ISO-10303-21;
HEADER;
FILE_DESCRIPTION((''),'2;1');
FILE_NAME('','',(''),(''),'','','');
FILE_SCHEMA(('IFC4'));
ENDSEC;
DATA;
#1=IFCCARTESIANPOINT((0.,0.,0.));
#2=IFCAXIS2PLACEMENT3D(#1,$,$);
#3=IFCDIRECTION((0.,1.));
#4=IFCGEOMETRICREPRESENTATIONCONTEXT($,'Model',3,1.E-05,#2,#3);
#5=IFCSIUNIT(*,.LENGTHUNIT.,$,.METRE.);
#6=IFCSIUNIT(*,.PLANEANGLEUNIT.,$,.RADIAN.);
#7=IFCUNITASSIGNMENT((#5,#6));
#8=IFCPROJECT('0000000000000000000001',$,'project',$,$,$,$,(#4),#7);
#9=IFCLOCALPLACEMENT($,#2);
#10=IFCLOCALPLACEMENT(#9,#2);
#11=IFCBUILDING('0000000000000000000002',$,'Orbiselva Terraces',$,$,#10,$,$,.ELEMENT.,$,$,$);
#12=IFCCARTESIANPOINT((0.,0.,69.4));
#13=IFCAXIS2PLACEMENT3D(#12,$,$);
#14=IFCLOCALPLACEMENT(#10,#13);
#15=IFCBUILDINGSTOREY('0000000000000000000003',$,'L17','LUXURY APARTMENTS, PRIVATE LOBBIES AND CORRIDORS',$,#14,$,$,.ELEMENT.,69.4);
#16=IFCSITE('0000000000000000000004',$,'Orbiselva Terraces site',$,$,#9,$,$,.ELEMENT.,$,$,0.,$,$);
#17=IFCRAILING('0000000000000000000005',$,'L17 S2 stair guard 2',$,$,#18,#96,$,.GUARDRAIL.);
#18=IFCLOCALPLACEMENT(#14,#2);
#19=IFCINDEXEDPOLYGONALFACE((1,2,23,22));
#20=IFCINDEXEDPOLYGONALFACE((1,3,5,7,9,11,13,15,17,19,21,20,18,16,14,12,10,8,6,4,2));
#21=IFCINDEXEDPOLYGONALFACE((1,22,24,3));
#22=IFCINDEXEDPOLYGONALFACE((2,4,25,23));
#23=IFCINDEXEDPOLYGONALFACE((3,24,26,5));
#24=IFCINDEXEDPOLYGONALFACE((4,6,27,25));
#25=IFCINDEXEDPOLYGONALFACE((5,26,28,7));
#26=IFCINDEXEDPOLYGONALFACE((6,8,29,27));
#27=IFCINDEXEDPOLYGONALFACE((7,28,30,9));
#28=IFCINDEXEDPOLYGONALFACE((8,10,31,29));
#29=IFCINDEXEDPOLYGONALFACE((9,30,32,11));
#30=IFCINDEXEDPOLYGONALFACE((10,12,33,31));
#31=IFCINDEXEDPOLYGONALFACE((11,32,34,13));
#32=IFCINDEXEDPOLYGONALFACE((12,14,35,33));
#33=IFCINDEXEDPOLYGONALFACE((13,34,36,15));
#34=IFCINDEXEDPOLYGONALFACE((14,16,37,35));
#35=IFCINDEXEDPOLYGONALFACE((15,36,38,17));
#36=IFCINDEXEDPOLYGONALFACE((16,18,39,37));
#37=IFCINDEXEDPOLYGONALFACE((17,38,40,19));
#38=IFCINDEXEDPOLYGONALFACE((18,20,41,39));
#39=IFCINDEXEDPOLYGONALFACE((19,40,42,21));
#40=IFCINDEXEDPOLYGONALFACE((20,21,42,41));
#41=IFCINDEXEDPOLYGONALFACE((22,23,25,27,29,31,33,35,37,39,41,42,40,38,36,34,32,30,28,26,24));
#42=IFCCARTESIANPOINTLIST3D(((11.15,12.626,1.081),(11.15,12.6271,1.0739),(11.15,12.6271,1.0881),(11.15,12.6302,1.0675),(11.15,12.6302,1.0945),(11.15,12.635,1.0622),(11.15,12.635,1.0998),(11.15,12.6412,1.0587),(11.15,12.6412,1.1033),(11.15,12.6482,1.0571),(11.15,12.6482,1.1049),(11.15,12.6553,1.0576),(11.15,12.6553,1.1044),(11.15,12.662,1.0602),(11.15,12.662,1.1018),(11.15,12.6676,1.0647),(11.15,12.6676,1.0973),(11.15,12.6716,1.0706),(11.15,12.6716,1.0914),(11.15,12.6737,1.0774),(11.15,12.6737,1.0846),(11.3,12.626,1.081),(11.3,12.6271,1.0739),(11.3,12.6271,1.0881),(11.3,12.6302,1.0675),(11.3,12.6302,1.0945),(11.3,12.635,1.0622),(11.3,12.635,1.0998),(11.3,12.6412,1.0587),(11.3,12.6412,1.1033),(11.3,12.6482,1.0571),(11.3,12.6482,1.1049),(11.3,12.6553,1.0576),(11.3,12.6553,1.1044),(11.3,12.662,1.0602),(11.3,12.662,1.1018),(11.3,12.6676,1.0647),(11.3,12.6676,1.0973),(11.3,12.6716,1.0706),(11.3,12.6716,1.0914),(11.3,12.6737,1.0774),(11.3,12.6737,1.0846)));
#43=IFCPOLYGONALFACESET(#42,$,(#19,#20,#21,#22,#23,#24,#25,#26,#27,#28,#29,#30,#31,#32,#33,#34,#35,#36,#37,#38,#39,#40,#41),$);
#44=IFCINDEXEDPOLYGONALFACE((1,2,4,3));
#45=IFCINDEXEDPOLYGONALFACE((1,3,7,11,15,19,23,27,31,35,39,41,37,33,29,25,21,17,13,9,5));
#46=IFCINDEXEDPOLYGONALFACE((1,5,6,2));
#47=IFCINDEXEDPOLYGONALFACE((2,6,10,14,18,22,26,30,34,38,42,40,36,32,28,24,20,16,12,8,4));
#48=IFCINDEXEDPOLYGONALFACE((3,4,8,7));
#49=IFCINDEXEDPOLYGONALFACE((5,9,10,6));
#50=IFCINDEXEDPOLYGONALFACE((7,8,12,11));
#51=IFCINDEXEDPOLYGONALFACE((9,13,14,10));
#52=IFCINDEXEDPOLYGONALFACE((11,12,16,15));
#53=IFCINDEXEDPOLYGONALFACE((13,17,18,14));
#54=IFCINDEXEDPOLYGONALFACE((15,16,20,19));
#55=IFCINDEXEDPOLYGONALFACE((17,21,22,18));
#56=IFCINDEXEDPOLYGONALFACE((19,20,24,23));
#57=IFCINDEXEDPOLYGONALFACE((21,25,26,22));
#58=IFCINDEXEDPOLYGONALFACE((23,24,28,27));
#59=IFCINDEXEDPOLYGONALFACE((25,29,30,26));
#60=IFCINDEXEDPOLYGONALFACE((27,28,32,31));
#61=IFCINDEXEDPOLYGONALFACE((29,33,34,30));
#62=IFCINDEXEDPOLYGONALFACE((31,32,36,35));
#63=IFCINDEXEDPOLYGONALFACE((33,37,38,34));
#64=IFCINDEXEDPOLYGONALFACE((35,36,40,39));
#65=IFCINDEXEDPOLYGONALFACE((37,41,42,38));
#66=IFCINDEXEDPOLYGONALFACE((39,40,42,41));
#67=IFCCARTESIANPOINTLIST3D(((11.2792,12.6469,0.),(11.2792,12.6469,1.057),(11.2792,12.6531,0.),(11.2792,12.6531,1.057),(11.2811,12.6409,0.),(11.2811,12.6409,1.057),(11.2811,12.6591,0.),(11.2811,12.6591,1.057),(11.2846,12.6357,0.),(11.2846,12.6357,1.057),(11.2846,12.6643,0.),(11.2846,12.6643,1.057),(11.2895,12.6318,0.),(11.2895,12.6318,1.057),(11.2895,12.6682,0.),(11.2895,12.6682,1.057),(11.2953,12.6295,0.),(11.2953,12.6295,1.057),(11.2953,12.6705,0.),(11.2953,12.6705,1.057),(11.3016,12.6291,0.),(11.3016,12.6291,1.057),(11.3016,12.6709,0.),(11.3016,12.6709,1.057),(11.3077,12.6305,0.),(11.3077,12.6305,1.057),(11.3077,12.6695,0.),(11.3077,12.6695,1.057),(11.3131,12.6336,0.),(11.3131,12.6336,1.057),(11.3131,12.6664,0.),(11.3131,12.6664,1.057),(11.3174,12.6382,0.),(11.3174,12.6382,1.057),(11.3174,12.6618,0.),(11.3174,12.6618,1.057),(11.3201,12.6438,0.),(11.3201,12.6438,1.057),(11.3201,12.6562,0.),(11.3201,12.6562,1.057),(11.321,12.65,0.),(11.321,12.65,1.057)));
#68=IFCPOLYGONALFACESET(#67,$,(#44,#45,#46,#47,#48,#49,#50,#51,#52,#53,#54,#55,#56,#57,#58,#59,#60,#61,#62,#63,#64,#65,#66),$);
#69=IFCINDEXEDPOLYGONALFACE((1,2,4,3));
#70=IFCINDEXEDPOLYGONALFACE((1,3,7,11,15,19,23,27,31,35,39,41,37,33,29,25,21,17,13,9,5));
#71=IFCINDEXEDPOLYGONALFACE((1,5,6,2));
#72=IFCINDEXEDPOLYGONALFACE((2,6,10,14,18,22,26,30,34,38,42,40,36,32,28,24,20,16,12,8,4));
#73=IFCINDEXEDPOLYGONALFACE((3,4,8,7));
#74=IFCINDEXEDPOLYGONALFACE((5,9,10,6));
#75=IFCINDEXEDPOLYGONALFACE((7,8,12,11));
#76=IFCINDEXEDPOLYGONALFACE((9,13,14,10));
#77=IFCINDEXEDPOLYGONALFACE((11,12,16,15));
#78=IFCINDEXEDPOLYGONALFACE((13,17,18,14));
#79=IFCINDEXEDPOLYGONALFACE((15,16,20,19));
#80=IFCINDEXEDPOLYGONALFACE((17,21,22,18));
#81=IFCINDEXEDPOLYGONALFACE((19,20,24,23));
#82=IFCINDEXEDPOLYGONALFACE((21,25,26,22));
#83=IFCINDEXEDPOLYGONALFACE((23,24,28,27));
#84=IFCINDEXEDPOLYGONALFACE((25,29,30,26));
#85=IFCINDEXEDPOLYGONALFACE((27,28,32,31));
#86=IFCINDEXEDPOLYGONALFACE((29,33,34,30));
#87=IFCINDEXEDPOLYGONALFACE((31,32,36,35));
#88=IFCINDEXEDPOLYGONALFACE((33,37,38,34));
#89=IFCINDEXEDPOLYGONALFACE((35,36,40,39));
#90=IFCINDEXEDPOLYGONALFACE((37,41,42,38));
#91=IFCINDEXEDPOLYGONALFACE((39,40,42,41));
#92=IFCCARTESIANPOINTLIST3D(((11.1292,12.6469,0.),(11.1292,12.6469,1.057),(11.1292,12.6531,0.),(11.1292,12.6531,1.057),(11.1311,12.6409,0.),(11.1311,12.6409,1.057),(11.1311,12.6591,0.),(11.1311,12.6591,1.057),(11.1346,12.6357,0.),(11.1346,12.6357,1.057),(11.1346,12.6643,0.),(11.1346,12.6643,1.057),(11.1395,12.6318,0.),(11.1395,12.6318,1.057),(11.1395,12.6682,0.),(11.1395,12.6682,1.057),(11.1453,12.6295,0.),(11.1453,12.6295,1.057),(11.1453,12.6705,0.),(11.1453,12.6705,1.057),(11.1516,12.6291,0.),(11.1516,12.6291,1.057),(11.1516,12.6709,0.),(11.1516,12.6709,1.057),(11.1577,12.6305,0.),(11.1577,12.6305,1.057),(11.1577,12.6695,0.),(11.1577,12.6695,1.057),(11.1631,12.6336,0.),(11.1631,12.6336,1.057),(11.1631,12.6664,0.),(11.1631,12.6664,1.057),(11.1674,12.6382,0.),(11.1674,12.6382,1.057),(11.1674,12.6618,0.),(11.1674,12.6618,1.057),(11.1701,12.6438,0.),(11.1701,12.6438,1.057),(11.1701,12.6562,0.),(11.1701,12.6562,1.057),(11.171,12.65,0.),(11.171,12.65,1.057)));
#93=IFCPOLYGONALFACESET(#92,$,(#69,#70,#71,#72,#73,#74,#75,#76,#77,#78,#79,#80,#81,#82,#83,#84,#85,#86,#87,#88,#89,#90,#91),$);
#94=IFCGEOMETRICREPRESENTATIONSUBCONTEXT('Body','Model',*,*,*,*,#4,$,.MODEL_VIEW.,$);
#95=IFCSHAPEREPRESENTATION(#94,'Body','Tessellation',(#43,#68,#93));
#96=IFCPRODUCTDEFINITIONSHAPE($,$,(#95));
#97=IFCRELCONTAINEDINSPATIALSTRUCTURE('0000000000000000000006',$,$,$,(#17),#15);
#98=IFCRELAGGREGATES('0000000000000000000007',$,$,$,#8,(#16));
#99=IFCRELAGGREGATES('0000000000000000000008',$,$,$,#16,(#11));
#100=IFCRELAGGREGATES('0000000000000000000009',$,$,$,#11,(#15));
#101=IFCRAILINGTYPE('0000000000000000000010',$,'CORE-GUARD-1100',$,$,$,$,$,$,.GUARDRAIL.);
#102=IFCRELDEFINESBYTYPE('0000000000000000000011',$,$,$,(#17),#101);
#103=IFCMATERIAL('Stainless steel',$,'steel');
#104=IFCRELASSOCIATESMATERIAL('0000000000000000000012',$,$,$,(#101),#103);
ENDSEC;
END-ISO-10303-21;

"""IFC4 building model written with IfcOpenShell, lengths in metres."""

from ifc_helpers import new_model, si_unit, direction, frame, origin, origin_2d, place, context, subcontext, project, spatial, circle, extrude, material, type_object, element, save


model = new_model("IFC4")

# Units and contexts
model_context = context("Model", 3, precision=1e-05, world=origin(), true_north=direction((0.0, 1.0)))
body_context = subcontext(model_context, "Body", "Model", "MODEL_VIEW")
ifc_project = project(units=[si_unit("LENGTHUNIT", "METRE"), si_unit("PLANEANGLEUNIT", "RADIAN")], contexts=[model_context])

# Site, building, storey
site_placement = place(None, origin())
site = spatial("IfcSite", under=ifc_project, at=site_placement, Name="Orbiselva Terraces site", CompositionType="ELEMENT", RefElevation=0.0)
building_placement = place(site_placement, origin())
building = spatial("IfcBuilding", under=site, at=building_placement, Name="Orbiselva Terraces", CompositionType="ELEMENT")
storey_placement = place(building_placement, frame((0.0, 0.0, 69.4)))
storey = spatial("IfcBuildingStorey", under=building, at=storey_placement, Name="L17", Description="LUXURY APARTMENTS, PRIVATE LOBBIES AND CORRIDORS", CompositionType="ELEMENT", Elevation=69.4)

# Railing
ifc_material_1 = material(Name="Stainless steel", Category="steel")
railing_type = type_object("IfcRailingType", Name="CORE-GUARD-1100", PredefinedType="GUARDRAIL", material=ifc_material_1)
railing_placement = place(storey_placement, frame((11.3, 12.65, 0.0)))
element("IfcRailing", 1, at=railing_placement, inside=storey, type_object=railing_type, Name="L17 S2 stair guard 2", PredefinedType="GUARDRAIL", context=body_context, shape_type="SweptSolid", body=[
    extrude(circle(Radius=0.024, at=origin_2d()), frame((0.0, 0.0, 1.081), z_axis=(-1.0, 0.0, 0.0), x_axis=(0.0, -1.0, 0.0)), (0.0, 0.0, 1.0), 0.15),
    extrude(circle(Radius=0.021, at=origin_2d()), origin(), (0.0, 0.0, 1.0), 1.057),
    extrude(circle(Radius=0.021, at=origin_2d()), frame((-0.15, 0.0, 0.0)), (0.0, 0.0, 1.0), 1.057),
])

save(model, "model.ifc")
